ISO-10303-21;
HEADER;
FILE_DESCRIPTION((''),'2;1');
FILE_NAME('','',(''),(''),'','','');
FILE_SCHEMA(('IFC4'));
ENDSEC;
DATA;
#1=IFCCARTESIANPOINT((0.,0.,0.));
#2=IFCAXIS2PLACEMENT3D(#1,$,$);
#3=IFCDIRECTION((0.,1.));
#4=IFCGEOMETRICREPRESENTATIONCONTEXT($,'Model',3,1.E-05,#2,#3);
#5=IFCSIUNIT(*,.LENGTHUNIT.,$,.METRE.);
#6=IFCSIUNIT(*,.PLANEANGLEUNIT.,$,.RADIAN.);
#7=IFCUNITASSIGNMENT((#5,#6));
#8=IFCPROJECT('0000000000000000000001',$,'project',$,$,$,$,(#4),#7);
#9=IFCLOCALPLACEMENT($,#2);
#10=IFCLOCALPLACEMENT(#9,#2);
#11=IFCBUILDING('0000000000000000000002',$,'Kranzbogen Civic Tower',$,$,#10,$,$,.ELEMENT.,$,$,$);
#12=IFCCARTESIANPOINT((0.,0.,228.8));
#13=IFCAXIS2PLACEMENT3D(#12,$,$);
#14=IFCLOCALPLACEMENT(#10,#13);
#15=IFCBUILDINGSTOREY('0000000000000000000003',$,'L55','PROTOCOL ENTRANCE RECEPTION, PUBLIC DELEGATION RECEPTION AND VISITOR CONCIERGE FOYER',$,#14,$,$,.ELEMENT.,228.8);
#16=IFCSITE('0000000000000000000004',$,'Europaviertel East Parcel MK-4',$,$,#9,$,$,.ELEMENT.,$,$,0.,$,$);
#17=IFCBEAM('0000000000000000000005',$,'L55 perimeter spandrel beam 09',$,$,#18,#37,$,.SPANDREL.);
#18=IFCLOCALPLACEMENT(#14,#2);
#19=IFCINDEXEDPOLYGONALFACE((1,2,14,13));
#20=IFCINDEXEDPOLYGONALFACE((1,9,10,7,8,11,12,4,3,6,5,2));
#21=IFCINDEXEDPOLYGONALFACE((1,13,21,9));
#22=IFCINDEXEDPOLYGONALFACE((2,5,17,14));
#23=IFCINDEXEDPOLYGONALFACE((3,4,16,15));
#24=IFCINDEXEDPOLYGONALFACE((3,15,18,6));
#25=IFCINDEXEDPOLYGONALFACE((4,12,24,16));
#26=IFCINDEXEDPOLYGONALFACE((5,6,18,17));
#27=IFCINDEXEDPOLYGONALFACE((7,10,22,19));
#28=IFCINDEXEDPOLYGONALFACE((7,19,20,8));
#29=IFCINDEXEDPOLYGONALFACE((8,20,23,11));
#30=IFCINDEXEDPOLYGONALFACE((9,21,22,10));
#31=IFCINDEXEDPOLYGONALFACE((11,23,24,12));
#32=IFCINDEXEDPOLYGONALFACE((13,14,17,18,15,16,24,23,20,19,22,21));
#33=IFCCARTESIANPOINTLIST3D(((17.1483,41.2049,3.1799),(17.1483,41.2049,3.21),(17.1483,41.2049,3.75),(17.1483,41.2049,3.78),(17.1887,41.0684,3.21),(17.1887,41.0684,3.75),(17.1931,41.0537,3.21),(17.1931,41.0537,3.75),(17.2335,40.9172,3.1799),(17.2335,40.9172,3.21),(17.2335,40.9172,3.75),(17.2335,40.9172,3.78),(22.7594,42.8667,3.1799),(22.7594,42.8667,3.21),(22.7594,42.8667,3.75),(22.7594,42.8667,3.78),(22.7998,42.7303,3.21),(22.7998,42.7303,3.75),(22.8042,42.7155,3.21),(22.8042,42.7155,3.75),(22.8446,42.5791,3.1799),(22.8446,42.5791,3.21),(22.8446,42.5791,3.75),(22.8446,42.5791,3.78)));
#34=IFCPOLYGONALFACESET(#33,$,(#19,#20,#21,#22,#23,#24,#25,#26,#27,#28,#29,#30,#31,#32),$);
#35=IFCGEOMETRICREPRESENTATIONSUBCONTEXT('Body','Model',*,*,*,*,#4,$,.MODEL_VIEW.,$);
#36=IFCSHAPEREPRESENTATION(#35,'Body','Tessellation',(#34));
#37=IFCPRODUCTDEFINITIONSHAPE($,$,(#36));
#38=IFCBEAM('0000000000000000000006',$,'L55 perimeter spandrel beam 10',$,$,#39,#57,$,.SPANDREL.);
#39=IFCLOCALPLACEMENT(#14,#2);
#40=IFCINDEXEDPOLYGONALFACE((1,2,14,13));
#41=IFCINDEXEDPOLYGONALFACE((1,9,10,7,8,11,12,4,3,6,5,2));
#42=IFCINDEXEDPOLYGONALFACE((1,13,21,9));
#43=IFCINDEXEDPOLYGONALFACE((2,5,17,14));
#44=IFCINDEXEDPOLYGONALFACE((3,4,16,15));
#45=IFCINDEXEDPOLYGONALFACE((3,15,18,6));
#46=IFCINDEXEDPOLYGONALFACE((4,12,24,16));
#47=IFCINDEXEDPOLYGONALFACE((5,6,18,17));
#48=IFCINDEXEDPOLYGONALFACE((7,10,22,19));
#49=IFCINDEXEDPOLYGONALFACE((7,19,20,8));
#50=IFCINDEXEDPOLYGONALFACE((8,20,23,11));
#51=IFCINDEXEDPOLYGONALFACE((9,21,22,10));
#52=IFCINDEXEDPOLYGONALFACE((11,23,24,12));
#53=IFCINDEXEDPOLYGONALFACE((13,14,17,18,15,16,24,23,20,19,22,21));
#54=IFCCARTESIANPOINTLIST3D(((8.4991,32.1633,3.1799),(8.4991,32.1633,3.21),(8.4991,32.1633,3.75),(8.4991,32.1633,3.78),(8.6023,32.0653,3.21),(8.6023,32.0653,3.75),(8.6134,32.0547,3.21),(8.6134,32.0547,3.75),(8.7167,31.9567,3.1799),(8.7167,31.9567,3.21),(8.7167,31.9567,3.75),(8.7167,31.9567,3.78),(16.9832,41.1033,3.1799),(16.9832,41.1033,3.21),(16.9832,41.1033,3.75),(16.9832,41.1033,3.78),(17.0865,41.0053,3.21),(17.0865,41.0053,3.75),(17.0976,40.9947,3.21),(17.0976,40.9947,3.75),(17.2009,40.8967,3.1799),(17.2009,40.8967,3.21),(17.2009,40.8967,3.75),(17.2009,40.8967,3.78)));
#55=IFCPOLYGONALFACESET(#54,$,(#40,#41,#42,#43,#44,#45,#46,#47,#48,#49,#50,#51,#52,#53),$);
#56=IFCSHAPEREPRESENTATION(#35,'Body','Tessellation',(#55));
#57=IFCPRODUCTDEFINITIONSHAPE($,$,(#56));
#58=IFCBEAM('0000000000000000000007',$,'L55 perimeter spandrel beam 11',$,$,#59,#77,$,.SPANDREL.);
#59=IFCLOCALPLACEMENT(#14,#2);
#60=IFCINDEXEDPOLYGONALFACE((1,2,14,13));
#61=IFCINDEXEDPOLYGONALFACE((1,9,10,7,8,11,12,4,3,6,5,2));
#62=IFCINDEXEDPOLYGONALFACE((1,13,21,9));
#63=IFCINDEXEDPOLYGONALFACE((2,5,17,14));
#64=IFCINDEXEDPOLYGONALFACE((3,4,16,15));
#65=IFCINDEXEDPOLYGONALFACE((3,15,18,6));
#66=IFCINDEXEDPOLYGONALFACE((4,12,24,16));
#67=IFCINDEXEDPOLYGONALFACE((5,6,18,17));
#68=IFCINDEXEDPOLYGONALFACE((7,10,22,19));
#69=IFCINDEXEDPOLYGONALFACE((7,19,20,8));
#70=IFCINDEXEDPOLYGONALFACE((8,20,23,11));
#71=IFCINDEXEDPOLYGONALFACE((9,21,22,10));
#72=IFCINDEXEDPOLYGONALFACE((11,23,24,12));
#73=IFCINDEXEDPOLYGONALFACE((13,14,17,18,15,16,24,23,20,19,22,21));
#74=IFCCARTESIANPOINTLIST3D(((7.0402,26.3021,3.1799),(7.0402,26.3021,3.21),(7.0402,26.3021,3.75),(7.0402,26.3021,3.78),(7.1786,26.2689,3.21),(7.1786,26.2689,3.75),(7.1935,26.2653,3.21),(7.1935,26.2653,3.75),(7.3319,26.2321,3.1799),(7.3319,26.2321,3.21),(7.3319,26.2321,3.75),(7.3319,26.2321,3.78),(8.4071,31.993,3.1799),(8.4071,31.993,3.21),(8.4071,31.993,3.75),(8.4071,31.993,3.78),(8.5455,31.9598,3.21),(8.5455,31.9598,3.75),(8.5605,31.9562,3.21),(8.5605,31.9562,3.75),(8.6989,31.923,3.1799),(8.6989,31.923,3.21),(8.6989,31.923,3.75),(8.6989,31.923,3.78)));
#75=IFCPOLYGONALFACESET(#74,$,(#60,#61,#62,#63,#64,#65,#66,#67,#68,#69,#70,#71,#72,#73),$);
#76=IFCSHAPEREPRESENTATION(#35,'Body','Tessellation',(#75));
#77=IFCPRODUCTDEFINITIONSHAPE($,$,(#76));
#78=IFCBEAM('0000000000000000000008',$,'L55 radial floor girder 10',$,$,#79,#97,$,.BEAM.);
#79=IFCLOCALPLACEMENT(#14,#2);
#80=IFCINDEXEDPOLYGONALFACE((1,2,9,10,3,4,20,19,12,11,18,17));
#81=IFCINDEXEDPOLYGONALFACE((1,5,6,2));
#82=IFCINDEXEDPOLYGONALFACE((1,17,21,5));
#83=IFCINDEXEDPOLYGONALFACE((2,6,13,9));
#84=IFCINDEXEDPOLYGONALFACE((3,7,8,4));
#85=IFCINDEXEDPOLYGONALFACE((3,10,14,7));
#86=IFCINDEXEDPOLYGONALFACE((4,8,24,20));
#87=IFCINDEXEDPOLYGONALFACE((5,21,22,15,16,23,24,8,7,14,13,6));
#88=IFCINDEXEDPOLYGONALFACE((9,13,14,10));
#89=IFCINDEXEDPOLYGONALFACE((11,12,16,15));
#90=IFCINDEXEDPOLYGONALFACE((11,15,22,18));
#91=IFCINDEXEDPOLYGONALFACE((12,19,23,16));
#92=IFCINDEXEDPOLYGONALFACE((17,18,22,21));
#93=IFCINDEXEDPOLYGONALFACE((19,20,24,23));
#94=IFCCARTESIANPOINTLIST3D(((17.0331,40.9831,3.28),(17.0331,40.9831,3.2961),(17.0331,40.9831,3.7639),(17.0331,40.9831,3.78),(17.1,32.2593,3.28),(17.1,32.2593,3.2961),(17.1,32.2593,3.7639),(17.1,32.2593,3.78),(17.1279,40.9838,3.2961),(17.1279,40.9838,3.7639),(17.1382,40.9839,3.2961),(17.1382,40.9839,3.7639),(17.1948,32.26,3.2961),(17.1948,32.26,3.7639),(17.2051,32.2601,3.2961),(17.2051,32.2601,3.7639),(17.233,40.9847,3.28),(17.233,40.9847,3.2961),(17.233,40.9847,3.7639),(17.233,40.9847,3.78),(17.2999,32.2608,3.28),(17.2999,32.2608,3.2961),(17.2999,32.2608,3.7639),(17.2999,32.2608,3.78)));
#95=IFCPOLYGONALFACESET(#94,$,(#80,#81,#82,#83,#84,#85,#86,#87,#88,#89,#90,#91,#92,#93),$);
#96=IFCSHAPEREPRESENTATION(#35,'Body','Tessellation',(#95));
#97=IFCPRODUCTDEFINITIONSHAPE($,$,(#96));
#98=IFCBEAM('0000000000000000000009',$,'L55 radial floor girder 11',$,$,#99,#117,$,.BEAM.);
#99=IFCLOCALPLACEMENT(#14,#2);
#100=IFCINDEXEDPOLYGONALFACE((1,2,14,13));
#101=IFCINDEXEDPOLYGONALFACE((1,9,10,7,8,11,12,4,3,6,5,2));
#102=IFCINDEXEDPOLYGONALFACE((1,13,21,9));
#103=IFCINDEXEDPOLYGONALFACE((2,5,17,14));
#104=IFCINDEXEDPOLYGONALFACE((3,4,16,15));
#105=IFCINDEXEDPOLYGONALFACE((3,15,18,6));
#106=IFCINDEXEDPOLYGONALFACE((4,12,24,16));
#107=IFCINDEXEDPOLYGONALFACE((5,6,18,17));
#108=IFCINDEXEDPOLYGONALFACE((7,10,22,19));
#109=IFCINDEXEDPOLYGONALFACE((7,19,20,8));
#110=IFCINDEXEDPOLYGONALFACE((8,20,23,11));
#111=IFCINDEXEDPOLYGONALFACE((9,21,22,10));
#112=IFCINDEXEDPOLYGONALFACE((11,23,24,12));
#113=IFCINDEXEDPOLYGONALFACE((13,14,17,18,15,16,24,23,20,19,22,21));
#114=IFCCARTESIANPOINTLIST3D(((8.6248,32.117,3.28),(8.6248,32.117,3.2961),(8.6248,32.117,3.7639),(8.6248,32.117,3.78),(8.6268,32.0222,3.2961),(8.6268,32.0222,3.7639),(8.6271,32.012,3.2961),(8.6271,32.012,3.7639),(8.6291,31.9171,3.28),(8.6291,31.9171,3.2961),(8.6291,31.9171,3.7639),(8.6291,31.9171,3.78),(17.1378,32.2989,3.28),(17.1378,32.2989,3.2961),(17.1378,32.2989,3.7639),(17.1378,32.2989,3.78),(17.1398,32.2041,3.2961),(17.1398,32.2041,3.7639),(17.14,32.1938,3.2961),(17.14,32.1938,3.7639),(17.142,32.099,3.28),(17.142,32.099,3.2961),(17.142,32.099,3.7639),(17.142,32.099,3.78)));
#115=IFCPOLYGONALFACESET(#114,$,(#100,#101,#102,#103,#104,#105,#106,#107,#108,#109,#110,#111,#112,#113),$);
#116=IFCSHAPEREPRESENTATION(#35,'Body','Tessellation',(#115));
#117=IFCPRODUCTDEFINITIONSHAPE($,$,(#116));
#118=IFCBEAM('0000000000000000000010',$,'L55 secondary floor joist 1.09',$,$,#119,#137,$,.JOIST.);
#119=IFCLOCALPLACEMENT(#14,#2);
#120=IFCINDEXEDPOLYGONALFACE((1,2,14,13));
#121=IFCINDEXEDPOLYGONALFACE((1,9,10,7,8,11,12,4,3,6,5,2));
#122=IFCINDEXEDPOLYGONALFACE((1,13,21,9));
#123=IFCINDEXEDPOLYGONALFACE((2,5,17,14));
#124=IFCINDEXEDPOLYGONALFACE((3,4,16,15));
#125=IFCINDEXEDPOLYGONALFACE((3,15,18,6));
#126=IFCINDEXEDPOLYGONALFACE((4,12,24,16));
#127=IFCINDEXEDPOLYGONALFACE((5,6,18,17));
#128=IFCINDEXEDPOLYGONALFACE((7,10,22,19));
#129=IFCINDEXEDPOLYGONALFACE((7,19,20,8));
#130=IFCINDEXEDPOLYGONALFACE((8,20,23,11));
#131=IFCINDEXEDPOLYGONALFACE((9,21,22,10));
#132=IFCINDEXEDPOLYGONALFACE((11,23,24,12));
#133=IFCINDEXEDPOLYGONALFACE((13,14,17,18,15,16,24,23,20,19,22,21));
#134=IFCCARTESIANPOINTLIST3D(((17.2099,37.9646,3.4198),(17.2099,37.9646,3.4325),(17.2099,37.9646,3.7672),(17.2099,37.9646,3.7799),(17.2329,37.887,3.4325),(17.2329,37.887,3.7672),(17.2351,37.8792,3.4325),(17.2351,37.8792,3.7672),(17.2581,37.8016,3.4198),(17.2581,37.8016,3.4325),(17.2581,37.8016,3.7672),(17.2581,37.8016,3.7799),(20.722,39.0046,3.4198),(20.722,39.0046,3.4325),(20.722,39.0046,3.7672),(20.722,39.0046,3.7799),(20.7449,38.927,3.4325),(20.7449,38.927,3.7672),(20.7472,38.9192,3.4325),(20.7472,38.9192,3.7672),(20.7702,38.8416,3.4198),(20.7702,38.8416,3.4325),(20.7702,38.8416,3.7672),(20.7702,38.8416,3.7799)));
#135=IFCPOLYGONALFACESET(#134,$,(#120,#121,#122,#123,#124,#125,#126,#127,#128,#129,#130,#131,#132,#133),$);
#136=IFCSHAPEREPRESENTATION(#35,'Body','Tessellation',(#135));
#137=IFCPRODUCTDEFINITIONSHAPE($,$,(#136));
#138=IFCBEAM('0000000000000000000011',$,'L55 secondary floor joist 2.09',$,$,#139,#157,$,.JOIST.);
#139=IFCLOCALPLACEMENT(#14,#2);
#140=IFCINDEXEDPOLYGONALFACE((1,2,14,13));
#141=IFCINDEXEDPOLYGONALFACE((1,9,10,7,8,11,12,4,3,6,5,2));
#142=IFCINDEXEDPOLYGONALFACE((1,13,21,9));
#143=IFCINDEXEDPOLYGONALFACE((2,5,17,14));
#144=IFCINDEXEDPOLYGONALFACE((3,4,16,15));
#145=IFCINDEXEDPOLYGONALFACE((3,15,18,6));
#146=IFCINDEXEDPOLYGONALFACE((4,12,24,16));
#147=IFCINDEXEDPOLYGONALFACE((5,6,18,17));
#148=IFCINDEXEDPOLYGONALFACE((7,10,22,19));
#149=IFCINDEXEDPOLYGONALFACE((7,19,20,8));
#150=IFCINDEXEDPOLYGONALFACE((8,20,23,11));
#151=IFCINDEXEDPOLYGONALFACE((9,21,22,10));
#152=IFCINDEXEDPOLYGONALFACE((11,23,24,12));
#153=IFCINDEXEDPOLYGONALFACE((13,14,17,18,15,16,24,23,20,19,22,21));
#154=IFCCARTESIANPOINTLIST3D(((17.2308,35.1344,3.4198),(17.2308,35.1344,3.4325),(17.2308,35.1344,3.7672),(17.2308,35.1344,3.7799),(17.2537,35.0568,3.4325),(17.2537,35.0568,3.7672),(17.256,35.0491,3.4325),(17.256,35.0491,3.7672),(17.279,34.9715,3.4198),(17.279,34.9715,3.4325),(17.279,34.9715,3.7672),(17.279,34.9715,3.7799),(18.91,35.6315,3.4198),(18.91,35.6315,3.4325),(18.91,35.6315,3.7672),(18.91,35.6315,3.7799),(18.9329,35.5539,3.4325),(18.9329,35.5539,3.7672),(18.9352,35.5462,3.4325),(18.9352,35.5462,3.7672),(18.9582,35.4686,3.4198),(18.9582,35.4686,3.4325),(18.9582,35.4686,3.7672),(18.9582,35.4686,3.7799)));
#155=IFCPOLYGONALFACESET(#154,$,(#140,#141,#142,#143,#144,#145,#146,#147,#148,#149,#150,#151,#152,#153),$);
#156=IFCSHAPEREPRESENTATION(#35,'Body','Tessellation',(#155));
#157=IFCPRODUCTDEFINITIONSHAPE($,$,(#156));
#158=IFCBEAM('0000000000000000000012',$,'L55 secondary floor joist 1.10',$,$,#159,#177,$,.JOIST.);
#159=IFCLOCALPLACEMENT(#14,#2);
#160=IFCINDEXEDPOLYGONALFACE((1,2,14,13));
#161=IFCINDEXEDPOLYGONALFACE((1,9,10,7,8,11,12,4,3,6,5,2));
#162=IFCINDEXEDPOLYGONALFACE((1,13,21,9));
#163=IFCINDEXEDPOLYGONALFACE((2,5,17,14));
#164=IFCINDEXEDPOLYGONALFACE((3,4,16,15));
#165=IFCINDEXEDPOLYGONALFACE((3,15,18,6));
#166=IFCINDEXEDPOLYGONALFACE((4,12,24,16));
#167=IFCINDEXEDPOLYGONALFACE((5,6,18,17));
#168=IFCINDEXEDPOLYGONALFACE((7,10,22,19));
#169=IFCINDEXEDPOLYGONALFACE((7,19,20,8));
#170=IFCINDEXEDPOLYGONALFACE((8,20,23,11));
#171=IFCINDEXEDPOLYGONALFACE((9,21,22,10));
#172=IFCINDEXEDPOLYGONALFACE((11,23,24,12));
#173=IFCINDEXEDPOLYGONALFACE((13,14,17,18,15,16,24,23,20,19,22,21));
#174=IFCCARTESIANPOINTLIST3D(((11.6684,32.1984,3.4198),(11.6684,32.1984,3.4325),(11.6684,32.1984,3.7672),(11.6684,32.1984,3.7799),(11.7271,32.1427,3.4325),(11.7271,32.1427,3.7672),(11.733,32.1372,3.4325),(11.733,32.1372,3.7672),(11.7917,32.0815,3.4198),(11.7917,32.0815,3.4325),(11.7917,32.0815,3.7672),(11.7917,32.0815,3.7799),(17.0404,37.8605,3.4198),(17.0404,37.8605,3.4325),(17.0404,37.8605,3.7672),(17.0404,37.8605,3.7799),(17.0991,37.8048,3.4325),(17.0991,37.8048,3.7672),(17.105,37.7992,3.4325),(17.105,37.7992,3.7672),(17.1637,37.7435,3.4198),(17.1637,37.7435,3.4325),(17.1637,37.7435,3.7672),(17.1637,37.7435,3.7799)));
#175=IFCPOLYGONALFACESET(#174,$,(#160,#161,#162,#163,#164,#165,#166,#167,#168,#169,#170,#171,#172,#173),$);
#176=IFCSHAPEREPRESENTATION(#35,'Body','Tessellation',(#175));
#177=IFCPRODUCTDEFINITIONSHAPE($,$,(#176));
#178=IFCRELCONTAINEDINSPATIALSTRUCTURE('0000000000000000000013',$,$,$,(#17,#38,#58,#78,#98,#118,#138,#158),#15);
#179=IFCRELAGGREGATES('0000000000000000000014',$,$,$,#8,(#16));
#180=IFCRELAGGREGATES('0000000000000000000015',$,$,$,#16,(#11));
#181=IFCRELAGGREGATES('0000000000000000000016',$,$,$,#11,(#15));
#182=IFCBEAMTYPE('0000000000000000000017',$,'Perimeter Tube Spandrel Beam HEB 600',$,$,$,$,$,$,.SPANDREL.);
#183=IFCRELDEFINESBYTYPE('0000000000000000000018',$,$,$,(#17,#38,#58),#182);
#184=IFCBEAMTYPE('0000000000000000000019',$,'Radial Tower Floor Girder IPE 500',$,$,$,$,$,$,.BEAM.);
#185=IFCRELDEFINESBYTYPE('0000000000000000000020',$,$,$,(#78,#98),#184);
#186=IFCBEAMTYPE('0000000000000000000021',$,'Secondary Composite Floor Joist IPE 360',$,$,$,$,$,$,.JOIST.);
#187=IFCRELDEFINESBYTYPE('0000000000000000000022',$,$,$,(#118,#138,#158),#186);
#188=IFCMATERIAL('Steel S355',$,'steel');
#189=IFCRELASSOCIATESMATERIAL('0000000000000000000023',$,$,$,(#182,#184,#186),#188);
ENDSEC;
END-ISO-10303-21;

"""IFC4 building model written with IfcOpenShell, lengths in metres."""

from ifc_helpers import new_model, si_unit, direction, frame, origin, origin_2d, place, context, subcontext, project, spatial, i_section, extrude, material, material_profile, profile_set, type_object, element, save


model = new_model("IFC4")

# Units and contexts
model_context = context("Model", 3, precision=1e-05, world=origin(), true_north=direction((0.0, 1.0)))
body_context = subcontext(model_context, "Body", "Model", "MODEL_VIEW")
ifc_project = project(units=[si_unit("LENGTHUNIT", "METRE"), si_unit("PLANEANGLEUNIT", "RADIAN")], contexts=[model_context])

# Site, building, storey
site_placement = place(None, origin())
site = spatial("IfcSite", under=ifc_project, at=site_placement, Name="Europaviertel East Parcel MK-4", CompositionType="ELEMENT", RefElevation=0.0)
building_placement = place(site_placement, origin())
building = spatial("IfcBuilding", under=site, at=building_placement, Name="Kranzbogen Civic Tower", CompositionType="ELEMENT")
storey_placement = place(building_placement, frame((0.0, 0.0, 228.8)))
storey = spatial("IfcBuildingStorey", under=building, at=storey_placement, Name="L55", Description="PROTOCOL ENTRANCE RECEPTION, PUBLIC DELEGATION RECEPTION AND VISITOR CONCIERGE FOYER", CompositionType="ELEMENT", Elevation=228.8)

# Shared definitions
ifc_material_1 = material(Name="Steel S355", Category="steel")

# Beams
ifc_material_profile_1 = material_profile(ifc_material_1, i_section(OverallWidth=0.3, OverallDepth=0.6001, WebThickness=0.0154, FlangeThickness=0.03, at=origin_2d()), Name="HEB 600")
ifc_profile_set_1 = profile_set([ifc_material_profile_1], Name="Steel S355")
beam_type_1 = type_object("IfcBeamType", Name="Perimeter Tube Spandrel Beam HEB 600", PredefinedType="SPANDREL", material=ifc_profile_set_1)
beam_1_placement = place(storey_placement, frame((22.802, 42.7229, 3.48), z_axis=(-0.95883, -0.283982, 0.0), x_axis=(0.283982, -0.95883, 0.0)))
element("IfcBeam", 1, at=beam_1_placement, inside=storey, type_object=beam_type_1, Name="L55 perimeter spandrel beam 09", PredefinedType="SPANDREL", context=body_context, shape_type="SweptSolid", body=[
    extrude(i_section(OverallWidth=0.3, OverallDepth=0.6001, WebThickness=0.0154, FlangeThickness=0.03, at=origin_2d()), origin(), (0.0, 0.0, 1.0), 5.8521),
])
beam_2_placement = place(storey_placement, frame((17.092, 41.0, 3.48), z_axis=(-0.688373, -0.725356, 0.0), x_axis=(0.725356, -0.688373, 0.0)))
element("IfcBeam", 2, at=beam_2_placement, inside=storey, type_object=beam_type_1, Name="L55 perimeter spandrel beam 10", PredefinedType="SPANDREL", context=body_context, shape_type="SweptSolid", body=[
    extrude(i_section(OverallWidth=0.3, OverallDepth=0.6001, WebThickness=0.0154, FlangeThickness=0.03, at=origin_2d()), origin(), (0.0, 0.0, 1.0), 12.325),
])
beam_3_placement = place(storey_placement, frame((8.553, 31.958, 3.48), z_axis=(-0.233554, -0.972344, 0.0), x_axis=(0.972344, -0.233554, 0.0)))
element("IfcBeam", 3, at=beam_3_placement, inside=storey, type_object=beam_type_1, Name="L55 perimeter spandrel beam 11", PredefinedType="SPANDREL", context=body_context, shape_type="SweptSolid", body=[
    extrude(i_section(OverallWidth=0.3, OverallDepth=0.6001, WebThickness=0.0154, FlangeThickness=0.03, at=origin_2d()), origin(), (0.0, 0.0, 1.0), 5.8528),
])
ifc_material_profile_2 = material_profile(ifc_material_1, i_section(OverallWidth=0.2, OverallDepth=0.5, WebThickness=0.0103, FlangeThickness=0.0161, at=origin_2d()), Name="IPE 500")
ifc_profile_set_2 = profile_set([ifc_material_profile_2], Name="Steel S355")
beam_type_2 = type_object("IfcBeamType", Name="Radial Tower Floor Girder IPE 500", PredefinedType="BEAM", material=ifc_profile_set_2)
beam_4_placement = place(storey_placement, frame((17.1331, 40.9839, 3.53), z_axis=(0.007668, -0.999971, 0.0), x_axis=(0.999971, 0.007668, 0.0)))
element("IfcBeam", 4, at=beam_4_placement, inside=storey, type_object=beam_type_2, Name="L55 radial floor girder 10", PredefinedType="BEAM", context=body_context, shape_type="SweptSolid", body=[
    extrude(i_section(OverallWidth=0.2, OverallDepth=0.5, WebThickness=0.0103, FlangeThickness=0.0161, at=origin_2d()), origin(), (0.0, 0.0, 1.0), 8.7241),
])
beam_5_placement = place(storey_placement, frame((8.627, 32.0171, 3.53), z_axis=(0.999772, 0.021361, 0.0), x_axis=(-0.021361, 0.999772, 0.0)))
element("IfcBeam", 5, at=beam_5_placement, inside=storey, type_object=beam_type_2, Name="L55 radial floor girder 11", PredefinedType="BEAM", context=body_context, shape_type="SweptSolid", body=[
    extrude(i_section(OverallWidth=0.2, OverallDepth=0.5, WebThickness=0.0103, FlangeThickness=0.0161, at=origin_2d()), origin(), (0.0, 0.0, 1.0), 8.5149),
])
ifc_material_profile_3 = material_profile(ifc_material_1, i_section(OverallWidth=0.1699, OverallDepth=0.3601, WebThickness=0.0081, FlangeThickness=0.0127, at=origin_2d()), Name="IPE 360")
ifc_profile_set_3 = profile_set([ifc_material_profile_3], Name="Steel S355")
beam_type_3 = type_object("IfcBeamType", Name="Secondary Composite Floor Joist IPE 360", PredefinedType="JOIST", material=ifc_profile_set_3)
beam_6_placement = place(storey_placement, frame((20.7461, 38.9231, 3.5999), z_axis=(-0.958844, -0.283934, 0.0), x_axis=(0.283934, -0.958844, 0.0)))
element("IfcBeam", 6, at=beam_6_placement, inside=storey, type_object=beam_type_3, Name="L55 secondary floor joist 1.09", PredefinedType="JOIST", context=body_context, shape_type="SweptSolid", body=[
    extrude(i_section(OverallWidth=0.1699, OverallDepth=0.3601, WebThickness=0.0081, FlangeThickness=0.0127, at=origin_2d()), origin(), (0.0, 0.0, 1.0), 3.6628),
])
beam_7_placement = place(storey_placement, frame((18.9341, 35.55, 3.5999), z_axis=(-0.958871, -0.283841, 0.0), x_axis=(0.283841, -0.958871, 0.0)))
element("IfcBeam", 7, at=beam_7_placement, inside=storey, type_object=beam_type_3, Name="L55 secondary floor joist 2.09", PredefinedType="JOIST", context=body_context, shape_type="SweptSolid", body=[
    extrude(i_section(OverallWidth=0.1699, OverallDepth=0.3601, WebThickness=0.0081, FlangeThickness=0.0127, at=origin_2d()), origin(), (0.0, 0.0, 1.0), 1.7512),
])
beam_8_placement = place(storey_placement, frame((17.1021, 37.802, 3.5999), z_axis=(-0.688282, -0.725443, 0.0), x_axis=(0.725443, -0.688282, 0.0)))
element("IfcBeam", 8, at=beam_8_placement, inside=storey, type_object=beam_type_3, Name="L55 secondary floor joist 1.10", PredefinedType="JOIST", context=body_context, shape_type="SweptSolid", body=[
    extrude(i_section(OverallWidth=0.1699, OverallDepth=0.3601, WebThickness=0.0081, FlangeThickness=0.0127, at=origin_2d()), origin(), (0.0, 0.0, 1.0), 7.8049),
])

save(model, "model.ifc")
